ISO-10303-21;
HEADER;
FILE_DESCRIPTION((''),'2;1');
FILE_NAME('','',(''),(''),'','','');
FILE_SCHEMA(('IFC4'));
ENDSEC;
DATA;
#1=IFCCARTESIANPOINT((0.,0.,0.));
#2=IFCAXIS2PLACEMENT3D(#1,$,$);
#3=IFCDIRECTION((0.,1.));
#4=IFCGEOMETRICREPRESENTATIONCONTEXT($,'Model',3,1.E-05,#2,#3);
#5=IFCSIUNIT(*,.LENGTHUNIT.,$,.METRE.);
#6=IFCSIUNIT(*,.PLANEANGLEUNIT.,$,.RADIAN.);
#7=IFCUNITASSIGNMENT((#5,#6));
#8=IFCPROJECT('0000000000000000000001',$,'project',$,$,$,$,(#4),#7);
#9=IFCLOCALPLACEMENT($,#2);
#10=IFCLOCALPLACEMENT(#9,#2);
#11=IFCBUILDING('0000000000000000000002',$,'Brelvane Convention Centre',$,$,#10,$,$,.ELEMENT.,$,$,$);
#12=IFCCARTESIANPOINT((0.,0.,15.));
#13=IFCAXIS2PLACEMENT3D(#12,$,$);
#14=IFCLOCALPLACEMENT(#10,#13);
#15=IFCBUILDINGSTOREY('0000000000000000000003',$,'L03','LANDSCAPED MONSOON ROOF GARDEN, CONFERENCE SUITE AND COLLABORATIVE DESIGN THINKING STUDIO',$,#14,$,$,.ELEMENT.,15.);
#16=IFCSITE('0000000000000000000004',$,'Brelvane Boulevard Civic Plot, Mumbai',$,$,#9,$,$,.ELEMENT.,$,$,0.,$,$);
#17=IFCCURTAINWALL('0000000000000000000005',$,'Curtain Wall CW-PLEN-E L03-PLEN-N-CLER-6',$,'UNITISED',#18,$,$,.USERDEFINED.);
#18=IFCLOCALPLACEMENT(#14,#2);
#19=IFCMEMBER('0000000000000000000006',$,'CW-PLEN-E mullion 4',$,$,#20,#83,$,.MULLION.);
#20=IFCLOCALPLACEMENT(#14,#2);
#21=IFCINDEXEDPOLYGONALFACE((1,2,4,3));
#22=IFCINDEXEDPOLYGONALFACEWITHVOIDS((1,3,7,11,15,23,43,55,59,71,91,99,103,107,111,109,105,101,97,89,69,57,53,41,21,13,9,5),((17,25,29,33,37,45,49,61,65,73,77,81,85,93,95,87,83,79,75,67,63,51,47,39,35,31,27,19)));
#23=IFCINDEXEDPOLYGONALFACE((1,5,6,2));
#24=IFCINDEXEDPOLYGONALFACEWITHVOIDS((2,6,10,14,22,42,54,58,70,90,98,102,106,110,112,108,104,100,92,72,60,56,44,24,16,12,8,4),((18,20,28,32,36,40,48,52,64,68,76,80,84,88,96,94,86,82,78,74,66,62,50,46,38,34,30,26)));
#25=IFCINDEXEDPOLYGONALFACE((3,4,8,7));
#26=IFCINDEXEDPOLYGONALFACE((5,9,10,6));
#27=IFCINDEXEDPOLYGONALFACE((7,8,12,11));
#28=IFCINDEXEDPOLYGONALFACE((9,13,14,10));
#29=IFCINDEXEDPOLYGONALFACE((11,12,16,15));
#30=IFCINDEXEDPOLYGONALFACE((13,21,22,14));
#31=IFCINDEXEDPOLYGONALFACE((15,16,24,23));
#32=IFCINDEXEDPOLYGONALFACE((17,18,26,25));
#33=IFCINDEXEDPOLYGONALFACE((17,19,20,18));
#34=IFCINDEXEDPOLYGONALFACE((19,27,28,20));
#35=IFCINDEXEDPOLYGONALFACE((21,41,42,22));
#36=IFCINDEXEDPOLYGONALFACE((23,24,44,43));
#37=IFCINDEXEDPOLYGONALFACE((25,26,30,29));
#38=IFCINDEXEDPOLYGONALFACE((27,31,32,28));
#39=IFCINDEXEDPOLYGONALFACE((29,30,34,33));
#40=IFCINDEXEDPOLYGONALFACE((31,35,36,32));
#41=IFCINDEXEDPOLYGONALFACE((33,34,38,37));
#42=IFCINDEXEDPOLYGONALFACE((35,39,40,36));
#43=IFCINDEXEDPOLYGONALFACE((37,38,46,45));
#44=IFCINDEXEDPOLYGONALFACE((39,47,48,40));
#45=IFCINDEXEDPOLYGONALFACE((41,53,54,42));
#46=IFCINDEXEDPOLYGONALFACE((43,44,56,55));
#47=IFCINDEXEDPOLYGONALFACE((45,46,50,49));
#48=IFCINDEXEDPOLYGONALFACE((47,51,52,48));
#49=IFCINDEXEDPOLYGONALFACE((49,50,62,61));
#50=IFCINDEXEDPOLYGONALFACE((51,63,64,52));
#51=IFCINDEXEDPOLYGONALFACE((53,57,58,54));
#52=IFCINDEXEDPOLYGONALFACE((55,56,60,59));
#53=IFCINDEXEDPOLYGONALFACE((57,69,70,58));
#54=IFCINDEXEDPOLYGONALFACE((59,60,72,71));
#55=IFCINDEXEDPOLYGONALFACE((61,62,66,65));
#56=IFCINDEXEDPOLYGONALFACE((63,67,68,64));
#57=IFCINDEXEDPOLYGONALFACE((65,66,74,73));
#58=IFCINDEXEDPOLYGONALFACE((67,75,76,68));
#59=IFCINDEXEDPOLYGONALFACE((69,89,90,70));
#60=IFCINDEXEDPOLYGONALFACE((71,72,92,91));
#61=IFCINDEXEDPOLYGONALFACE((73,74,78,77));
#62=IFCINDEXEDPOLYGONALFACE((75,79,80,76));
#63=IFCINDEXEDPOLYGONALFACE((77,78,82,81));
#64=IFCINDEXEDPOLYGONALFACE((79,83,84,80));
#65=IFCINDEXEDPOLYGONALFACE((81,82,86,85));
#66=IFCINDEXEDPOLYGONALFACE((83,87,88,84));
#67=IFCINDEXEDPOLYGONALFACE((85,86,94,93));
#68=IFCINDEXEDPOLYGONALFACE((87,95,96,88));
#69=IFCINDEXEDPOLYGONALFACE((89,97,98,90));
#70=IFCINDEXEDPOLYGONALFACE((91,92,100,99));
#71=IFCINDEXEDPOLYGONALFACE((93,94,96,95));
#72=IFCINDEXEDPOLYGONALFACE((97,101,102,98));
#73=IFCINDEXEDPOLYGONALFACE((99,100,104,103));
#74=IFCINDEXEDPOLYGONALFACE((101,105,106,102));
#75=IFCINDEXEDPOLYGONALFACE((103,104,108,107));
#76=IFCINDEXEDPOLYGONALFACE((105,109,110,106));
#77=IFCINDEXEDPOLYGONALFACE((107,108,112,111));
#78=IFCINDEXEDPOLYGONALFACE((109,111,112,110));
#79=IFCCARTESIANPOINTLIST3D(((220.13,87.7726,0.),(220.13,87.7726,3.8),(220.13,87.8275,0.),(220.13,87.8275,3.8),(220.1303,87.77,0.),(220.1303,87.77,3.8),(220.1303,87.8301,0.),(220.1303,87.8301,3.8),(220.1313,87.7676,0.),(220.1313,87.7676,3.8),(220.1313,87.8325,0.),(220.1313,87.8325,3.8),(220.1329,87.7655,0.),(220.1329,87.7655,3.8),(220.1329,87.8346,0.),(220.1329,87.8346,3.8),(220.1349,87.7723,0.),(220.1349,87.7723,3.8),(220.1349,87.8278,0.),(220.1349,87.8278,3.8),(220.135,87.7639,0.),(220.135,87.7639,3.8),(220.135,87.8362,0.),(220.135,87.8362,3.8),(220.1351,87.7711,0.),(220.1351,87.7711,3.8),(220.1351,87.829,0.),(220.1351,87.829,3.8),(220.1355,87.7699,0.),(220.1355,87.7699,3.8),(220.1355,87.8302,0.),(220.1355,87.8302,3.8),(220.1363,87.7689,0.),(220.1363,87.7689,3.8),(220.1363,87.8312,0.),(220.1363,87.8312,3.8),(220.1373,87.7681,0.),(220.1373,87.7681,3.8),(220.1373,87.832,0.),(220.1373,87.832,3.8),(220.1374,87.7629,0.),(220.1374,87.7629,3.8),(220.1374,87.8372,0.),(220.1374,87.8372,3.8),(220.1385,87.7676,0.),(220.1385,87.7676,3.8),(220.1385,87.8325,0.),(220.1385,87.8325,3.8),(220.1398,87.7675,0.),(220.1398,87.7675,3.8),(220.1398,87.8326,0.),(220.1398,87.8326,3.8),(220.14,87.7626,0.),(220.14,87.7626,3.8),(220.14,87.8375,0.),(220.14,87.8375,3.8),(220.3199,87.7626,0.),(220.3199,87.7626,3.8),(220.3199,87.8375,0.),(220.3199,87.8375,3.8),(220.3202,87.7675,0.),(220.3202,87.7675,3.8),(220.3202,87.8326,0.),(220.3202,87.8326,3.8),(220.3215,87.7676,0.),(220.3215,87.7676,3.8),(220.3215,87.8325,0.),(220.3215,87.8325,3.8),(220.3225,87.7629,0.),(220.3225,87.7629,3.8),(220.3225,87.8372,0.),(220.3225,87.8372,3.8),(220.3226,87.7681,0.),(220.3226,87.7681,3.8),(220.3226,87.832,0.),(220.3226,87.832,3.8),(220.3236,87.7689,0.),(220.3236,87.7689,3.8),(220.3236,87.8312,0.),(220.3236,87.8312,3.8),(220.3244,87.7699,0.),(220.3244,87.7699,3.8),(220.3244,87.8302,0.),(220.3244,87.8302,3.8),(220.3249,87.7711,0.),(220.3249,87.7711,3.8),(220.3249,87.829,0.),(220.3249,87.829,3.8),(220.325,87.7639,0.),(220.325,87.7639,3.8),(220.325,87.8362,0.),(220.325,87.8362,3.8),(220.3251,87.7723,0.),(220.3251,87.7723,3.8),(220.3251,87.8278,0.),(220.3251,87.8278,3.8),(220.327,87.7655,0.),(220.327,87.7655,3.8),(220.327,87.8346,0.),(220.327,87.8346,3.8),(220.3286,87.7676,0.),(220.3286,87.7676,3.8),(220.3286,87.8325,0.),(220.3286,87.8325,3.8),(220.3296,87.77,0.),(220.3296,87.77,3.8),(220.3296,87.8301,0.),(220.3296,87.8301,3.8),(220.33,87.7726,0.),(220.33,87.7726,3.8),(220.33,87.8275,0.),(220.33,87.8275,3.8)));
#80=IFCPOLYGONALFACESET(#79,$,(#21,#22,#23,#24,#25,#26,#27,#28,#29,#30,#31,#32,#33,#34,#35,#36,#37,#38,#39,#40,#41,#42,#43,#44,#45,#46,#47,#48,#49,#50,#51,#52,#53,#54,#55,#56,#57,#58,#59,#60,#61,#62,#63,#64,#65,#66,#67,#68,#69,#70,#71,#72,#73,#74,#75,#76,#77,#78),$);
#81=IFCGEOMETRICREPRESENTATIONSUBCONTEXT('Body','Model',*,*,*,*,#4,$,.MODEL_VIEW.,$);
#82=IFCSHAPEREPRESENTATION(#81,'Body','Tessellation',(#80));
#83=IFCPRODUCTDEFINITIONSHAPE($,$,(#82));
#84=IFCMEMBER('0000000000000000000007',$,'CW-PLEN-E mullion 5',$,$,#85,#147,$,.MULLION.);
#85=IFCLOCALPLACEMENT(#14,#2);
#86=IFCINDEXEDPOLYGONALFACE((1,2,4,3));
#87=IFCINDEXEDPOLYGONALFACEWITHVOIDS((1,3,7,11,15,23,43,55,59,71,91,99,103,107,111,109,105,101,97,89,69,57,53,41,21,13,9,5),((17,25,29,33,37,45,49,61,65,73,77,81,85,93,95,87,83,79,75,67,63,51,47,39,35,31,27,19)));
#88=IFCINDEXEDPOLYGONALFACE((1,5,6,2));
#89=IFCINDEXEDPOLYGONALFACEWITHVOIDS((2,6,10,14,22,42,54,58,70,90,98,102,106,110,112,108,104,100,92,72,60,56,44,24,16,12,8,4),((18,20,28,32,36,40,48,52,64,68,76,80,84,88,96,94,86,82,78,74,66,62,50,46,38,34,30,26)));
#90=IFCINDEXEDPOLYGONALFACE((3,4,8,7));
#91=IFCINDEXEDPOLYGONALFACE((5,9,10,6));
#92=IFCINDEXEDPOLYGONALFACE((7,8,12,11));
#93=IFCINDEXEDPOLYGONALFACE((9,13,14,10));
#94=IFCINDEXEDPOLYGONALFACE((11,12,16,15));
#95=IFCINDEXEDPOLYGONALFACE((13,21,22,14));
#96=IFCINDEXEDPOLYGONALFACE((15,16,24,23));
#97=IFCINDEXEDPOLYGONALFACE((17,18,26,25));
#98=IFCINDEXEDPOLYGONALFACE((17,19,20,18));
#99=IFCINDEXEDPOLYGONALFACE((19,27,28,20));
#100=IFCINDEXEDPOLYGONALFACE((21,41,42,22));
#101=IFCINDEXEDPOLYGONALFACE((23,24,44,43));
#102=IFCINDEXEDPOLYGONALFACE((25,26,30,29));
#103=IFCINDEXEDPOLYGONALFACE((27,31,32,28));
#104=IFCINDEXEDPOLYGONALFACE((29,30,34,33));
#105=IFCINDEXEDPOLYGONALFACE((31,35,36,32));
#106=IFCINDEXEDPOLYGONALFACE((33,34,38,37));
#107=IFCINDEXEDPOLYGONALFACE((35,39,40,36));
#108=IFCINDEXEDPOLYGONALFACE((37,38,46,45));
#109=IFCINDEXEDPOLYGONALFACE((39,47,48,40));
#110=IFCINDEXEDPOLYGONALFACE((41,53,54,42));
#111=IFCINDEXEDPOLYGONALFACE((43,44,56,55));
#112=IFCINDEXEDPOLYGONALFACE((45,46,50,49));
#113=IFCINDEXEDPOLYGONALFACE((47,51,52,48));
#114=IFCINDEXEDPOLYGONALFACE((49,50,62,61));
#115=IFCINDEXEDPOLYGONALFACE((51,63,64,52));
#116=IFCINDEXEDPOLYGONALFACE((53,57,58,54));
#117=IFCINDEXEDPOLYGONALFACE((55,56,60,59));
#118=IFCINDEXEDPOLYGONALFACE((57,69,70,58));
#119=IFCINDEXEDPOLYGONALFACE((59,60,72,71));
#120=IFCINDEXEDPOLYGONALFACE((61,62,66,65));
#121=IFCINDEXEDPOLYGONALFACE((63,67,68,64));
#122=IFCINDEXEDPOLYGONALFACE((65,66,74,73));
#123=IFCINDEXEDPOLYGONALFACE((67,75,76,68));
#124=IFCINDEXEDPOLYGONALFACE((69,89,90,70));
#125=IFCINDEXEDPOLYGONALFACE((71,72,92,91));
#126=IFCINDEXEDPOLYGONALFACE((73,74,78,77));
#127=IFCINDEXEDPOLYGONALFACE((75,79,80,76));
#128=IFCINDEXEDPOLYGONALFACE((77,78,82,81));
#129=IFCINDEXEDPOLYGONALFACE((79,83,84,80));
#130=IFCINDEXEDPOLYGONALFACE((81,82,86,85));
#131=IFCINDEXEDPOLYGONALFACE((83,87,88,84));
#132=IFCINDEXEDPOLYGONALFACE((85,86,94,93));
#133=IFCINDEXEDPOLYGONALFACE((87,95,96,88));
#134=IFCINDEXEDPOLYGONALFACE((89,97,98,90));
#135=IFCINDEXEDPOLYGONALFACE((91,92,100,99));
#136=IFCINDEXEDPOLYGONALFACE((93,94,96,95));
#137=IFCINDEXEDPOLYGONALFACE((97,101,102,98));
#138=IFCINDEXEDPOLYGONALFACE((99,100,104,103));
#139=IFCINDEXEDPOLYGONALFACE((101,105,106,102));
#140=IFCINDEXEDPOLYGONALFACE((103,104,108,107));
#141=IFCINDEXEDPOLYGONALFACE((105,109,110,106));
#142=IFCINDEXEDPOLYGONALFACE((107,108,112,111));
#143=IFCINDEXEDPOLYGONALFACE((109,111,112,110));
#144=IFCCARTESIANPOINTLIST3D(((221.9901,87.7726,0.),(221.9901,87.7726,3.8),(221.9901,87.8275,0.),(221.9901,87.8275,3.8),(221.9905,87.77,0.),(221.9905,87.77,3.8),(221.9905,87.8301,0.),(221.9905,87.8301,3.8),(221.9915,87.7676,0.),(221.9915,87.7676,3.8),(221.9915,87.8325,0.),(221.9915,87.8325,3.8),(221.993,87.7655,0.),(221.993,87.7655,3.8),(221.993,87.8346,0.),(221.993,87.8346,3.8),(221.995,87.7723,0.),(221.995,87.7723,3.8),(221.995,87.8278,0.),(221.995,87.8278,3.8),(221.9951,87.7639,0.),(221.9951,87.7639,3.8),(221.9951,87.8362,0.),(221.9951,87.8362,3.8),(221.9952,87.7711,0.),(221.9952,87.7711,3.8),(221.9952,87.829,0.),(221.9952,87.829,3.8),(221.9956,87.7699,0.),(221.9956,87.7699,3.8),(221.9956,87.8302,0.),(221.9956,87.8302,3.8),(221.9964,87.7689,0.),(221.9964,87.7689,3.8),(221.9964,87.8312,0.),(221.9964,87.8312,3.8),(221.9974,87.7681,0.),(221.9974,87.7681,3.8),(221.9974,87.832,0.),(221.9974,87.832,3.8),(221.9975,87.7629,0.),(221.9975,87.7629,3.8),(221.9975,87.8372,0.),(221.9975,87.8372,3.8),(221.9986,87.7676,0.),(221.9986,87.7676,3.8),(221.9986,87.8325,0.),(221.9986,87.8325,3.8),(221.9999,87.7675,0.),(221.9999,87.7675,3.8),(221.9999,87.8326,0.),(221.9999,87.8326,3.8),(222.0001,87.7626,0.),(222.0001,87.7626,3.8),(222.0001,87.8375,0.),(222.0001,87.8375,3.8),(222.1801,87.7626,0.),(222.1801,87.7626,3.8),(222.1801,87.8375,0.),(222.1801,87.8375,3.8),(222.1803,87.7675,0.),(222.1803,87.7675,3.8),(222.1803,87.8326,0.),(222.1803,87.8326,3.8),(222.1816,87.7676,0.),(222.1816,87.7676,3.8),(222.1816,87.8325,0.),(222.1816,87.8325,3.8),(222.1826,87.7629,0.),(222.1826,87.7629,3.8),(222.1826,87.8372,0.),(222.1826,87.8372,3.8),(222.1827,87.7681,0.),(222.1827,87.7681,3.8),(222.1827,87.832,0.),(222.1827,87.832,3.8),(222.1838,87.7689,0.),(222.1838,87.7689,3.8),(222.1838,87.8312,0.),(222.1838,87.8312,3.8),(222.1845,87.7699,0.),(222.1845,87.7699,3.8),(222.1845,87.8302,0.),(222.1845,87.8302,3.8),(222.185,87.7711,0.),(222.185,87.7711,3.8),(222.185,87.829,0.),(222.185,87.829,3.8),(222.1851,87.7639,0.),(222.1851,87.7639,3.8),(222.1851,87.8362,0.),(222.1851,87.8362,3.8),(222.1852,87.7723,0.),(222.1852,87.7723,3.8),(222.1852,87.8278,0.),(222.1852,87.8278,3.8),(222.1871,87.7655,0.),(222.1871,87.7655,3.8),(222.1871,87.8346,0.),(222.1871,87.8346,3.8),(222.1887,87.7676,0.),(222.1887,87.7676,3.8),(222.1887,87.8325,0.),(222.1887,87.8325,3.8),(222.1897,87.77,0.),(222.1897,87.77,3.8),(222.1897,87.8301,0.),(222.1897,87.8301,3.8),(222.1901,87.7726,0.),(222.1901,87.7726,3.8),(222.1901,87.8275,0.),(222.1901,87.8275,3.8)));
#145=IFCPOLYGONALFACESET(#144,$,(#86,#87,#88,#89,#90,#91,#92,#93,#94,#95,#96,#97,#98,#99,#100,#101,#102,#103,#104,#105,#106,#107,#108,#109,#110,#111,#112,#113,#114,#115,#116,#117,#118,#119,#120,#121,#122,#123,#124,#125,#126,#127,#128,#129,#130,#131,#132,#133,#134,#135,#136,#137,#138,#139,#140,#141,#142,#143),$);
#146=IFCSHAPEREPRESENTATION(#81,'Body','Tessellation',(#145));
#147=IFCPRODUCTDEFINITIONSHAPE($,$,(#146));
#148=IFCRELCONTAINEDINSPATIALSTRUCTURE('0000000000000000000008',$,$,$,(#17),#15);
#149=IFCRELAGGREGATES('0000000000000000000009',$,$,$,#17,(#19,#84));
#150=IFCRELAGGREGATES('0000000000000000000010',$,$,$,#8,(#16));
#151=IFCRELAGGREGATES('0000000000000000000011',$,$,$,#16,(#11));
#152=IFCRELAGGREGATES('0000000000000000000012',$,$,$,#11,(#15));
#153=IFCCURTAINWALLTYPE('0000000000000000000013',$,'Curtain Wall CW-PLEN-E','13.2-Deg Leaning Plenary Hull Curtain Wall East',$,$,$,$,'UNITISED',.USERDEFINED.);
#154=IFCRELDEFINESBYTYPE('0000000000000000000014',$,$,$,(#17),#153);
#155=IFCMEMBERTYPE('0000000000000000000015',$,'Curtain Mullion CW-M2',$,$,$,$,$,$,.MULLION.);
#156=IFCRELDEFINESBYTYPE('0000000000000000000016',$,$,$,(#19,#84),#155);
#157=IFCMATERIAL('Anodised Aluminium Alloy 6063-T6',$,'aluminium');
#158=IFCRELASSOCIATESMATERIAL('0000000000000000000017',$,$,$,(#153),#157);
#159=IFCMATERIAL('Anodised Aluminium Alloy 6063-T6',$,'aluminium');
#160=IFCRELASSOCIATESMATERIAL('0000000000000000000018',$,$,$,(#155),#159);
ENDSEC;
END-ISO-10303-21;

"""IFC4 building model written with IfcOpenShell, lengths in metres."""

from ifc_helpers import new_model, si_unit, direction, frame, origin, origin_2d, place, context, subcontext, project, spatial, hollow_rectangle, extrude, material, material_profile, profile_set, type_object, element, aggregate, save


model = new_model("IFC4")

# Units and contexts
model_context = context("Model", 3, precision=1e-05, world=origin(), true_north=direction((0.0, 1.0)))
body_context = subcontext(model_context, "Body", "Model", "MODEL_VIEW")
ifc_project = project(units=[si_unit("LENGTHUNIT", "METRE"), si_unit("PLANEANGLEUNIT", "RADIAN")], contexts=[model_context])

# Site, building, storey
site_placement = place(None, origin())
site = spatial("IfcSite", under=ifc_project, at=site_placement, Name="Brelvane Boulevard Civic Plot, Mumbai", CompositionType="ELEMENT", RefElevation=0.0)
building_placement = place(site_placement, origin())
building = spatial("IfcBuilding", under=site, at=building_placement, Name="Brelvane Convention Centre", CompositionType="ELEMENT")
storey_placement = place(building_placement, frame((0.0, 0.0, 15.0)))
storey = spatial("IfcBuildingStorey", under=building, at=storey_placement, Name="L03", Description="LANDSCAPED MONSOON ROOF GARDEN, CONFERENCE SUITE AND COLLABORATIVE DESIGN THINKING STUDIO", CompositionType="ELEMENT", Elevation=15.0)

# Curtain wall, members
ifc_material_1 = material(Name="Anodised Aluminium Alloy 6063-T6", Category="aluminium")
curtain_wall_type = type_object("IfcCurtainWallType", Name="Curtain Wall CW-PLEN-E", Description="13.2-Deg Leaning Plenary Hull Curtain Wall East", ElementType="UNITISED", PredefinedType="USERDEFINED", material=ifc_material_1)
curtain_wall_placement = place(storey_placement, origin())
curtain_wall = element("IfcCurtainWall", 1, at=curtain_wall_placement, inside=storey, type_object=curtain_wall_type, Name="Curtain Wall CW-PLEN-E L03-PLEN-N-CLER-6", ObjectType="UNITISED", PredefinedType="USERDEFINED")
ifc_material_2 = material(Name="Anodised Aluminium Alloy 6063-T6", Category="aluminium")
ifc_material_profile_1 = material_profile(ifc_material_2, hollow_rectangle(XDim=0.075, YDim=0.2, WallThickness=0.0049, InnerFilletRadius=0.0049, OuterFilletRadius=0.01, at=origin_2d()), Name="ALU-M 200x75x5.0")
ifc_profile_set_1 = profile_set([ifc_material_profile_1], Name="Anodised Aluminium Alloy 6063-T6")
member_type_1 = type_object("IfcMemberType", Name="Curtain Mullion CW-M2", PredefinedType="MULLION", material=ifc_profile_set_1)
member_1_placement = place(storey_placement, frame((220.23, 87.8, 0.0), z_axis=(0.0, 0.0, 1.0), x_axis=(0.0, 1.0, 0.0)))
member_1 = element("IfcMember", 2, at=member_1_placement, type_object=member_type_1, Name="CW-PLEN-E mullion 4", PredefinedType="MULLION", context=body_context, shape_type="SweptSolid", body=[
    extrude(hollow_rectangle(XDim=0.075, YDim=0.2, WallThickness=0.0049, InnerFilletRadius=0.0049, OuterFilletRadius=0.01, at=origin_2d()), origin(), (0.0, 0.0, 1.0), 3.8),
])
member_2_placement = place(storey_placement, frame((222.0901, 87.8, 0.0), z_axis=(0.0, 0.0, 1.0), x_axis=(0.0, 1.0, 0.0)))
member_2 = element("IfcMember", 3, at=member_2_placement, type_object=member_type_1, Name="CW-PLEN-E mullion 5", PredefinedType="MULLION", context=body_context, shape_type="SweptSolid", body=[
    extrude(hollow_rectangle(XDim=0.075, YDim=0.2, WallThickness=0.0049, InnerFilletRadius=0.0049, OuterFilletRadius=0.01, at=origin_2d()), origin(), (0.0, 0.0, 1.0), 3.8),
])
aggregate(curtain_wall, [member_1, member_2])

save(model, "model.ifc")
